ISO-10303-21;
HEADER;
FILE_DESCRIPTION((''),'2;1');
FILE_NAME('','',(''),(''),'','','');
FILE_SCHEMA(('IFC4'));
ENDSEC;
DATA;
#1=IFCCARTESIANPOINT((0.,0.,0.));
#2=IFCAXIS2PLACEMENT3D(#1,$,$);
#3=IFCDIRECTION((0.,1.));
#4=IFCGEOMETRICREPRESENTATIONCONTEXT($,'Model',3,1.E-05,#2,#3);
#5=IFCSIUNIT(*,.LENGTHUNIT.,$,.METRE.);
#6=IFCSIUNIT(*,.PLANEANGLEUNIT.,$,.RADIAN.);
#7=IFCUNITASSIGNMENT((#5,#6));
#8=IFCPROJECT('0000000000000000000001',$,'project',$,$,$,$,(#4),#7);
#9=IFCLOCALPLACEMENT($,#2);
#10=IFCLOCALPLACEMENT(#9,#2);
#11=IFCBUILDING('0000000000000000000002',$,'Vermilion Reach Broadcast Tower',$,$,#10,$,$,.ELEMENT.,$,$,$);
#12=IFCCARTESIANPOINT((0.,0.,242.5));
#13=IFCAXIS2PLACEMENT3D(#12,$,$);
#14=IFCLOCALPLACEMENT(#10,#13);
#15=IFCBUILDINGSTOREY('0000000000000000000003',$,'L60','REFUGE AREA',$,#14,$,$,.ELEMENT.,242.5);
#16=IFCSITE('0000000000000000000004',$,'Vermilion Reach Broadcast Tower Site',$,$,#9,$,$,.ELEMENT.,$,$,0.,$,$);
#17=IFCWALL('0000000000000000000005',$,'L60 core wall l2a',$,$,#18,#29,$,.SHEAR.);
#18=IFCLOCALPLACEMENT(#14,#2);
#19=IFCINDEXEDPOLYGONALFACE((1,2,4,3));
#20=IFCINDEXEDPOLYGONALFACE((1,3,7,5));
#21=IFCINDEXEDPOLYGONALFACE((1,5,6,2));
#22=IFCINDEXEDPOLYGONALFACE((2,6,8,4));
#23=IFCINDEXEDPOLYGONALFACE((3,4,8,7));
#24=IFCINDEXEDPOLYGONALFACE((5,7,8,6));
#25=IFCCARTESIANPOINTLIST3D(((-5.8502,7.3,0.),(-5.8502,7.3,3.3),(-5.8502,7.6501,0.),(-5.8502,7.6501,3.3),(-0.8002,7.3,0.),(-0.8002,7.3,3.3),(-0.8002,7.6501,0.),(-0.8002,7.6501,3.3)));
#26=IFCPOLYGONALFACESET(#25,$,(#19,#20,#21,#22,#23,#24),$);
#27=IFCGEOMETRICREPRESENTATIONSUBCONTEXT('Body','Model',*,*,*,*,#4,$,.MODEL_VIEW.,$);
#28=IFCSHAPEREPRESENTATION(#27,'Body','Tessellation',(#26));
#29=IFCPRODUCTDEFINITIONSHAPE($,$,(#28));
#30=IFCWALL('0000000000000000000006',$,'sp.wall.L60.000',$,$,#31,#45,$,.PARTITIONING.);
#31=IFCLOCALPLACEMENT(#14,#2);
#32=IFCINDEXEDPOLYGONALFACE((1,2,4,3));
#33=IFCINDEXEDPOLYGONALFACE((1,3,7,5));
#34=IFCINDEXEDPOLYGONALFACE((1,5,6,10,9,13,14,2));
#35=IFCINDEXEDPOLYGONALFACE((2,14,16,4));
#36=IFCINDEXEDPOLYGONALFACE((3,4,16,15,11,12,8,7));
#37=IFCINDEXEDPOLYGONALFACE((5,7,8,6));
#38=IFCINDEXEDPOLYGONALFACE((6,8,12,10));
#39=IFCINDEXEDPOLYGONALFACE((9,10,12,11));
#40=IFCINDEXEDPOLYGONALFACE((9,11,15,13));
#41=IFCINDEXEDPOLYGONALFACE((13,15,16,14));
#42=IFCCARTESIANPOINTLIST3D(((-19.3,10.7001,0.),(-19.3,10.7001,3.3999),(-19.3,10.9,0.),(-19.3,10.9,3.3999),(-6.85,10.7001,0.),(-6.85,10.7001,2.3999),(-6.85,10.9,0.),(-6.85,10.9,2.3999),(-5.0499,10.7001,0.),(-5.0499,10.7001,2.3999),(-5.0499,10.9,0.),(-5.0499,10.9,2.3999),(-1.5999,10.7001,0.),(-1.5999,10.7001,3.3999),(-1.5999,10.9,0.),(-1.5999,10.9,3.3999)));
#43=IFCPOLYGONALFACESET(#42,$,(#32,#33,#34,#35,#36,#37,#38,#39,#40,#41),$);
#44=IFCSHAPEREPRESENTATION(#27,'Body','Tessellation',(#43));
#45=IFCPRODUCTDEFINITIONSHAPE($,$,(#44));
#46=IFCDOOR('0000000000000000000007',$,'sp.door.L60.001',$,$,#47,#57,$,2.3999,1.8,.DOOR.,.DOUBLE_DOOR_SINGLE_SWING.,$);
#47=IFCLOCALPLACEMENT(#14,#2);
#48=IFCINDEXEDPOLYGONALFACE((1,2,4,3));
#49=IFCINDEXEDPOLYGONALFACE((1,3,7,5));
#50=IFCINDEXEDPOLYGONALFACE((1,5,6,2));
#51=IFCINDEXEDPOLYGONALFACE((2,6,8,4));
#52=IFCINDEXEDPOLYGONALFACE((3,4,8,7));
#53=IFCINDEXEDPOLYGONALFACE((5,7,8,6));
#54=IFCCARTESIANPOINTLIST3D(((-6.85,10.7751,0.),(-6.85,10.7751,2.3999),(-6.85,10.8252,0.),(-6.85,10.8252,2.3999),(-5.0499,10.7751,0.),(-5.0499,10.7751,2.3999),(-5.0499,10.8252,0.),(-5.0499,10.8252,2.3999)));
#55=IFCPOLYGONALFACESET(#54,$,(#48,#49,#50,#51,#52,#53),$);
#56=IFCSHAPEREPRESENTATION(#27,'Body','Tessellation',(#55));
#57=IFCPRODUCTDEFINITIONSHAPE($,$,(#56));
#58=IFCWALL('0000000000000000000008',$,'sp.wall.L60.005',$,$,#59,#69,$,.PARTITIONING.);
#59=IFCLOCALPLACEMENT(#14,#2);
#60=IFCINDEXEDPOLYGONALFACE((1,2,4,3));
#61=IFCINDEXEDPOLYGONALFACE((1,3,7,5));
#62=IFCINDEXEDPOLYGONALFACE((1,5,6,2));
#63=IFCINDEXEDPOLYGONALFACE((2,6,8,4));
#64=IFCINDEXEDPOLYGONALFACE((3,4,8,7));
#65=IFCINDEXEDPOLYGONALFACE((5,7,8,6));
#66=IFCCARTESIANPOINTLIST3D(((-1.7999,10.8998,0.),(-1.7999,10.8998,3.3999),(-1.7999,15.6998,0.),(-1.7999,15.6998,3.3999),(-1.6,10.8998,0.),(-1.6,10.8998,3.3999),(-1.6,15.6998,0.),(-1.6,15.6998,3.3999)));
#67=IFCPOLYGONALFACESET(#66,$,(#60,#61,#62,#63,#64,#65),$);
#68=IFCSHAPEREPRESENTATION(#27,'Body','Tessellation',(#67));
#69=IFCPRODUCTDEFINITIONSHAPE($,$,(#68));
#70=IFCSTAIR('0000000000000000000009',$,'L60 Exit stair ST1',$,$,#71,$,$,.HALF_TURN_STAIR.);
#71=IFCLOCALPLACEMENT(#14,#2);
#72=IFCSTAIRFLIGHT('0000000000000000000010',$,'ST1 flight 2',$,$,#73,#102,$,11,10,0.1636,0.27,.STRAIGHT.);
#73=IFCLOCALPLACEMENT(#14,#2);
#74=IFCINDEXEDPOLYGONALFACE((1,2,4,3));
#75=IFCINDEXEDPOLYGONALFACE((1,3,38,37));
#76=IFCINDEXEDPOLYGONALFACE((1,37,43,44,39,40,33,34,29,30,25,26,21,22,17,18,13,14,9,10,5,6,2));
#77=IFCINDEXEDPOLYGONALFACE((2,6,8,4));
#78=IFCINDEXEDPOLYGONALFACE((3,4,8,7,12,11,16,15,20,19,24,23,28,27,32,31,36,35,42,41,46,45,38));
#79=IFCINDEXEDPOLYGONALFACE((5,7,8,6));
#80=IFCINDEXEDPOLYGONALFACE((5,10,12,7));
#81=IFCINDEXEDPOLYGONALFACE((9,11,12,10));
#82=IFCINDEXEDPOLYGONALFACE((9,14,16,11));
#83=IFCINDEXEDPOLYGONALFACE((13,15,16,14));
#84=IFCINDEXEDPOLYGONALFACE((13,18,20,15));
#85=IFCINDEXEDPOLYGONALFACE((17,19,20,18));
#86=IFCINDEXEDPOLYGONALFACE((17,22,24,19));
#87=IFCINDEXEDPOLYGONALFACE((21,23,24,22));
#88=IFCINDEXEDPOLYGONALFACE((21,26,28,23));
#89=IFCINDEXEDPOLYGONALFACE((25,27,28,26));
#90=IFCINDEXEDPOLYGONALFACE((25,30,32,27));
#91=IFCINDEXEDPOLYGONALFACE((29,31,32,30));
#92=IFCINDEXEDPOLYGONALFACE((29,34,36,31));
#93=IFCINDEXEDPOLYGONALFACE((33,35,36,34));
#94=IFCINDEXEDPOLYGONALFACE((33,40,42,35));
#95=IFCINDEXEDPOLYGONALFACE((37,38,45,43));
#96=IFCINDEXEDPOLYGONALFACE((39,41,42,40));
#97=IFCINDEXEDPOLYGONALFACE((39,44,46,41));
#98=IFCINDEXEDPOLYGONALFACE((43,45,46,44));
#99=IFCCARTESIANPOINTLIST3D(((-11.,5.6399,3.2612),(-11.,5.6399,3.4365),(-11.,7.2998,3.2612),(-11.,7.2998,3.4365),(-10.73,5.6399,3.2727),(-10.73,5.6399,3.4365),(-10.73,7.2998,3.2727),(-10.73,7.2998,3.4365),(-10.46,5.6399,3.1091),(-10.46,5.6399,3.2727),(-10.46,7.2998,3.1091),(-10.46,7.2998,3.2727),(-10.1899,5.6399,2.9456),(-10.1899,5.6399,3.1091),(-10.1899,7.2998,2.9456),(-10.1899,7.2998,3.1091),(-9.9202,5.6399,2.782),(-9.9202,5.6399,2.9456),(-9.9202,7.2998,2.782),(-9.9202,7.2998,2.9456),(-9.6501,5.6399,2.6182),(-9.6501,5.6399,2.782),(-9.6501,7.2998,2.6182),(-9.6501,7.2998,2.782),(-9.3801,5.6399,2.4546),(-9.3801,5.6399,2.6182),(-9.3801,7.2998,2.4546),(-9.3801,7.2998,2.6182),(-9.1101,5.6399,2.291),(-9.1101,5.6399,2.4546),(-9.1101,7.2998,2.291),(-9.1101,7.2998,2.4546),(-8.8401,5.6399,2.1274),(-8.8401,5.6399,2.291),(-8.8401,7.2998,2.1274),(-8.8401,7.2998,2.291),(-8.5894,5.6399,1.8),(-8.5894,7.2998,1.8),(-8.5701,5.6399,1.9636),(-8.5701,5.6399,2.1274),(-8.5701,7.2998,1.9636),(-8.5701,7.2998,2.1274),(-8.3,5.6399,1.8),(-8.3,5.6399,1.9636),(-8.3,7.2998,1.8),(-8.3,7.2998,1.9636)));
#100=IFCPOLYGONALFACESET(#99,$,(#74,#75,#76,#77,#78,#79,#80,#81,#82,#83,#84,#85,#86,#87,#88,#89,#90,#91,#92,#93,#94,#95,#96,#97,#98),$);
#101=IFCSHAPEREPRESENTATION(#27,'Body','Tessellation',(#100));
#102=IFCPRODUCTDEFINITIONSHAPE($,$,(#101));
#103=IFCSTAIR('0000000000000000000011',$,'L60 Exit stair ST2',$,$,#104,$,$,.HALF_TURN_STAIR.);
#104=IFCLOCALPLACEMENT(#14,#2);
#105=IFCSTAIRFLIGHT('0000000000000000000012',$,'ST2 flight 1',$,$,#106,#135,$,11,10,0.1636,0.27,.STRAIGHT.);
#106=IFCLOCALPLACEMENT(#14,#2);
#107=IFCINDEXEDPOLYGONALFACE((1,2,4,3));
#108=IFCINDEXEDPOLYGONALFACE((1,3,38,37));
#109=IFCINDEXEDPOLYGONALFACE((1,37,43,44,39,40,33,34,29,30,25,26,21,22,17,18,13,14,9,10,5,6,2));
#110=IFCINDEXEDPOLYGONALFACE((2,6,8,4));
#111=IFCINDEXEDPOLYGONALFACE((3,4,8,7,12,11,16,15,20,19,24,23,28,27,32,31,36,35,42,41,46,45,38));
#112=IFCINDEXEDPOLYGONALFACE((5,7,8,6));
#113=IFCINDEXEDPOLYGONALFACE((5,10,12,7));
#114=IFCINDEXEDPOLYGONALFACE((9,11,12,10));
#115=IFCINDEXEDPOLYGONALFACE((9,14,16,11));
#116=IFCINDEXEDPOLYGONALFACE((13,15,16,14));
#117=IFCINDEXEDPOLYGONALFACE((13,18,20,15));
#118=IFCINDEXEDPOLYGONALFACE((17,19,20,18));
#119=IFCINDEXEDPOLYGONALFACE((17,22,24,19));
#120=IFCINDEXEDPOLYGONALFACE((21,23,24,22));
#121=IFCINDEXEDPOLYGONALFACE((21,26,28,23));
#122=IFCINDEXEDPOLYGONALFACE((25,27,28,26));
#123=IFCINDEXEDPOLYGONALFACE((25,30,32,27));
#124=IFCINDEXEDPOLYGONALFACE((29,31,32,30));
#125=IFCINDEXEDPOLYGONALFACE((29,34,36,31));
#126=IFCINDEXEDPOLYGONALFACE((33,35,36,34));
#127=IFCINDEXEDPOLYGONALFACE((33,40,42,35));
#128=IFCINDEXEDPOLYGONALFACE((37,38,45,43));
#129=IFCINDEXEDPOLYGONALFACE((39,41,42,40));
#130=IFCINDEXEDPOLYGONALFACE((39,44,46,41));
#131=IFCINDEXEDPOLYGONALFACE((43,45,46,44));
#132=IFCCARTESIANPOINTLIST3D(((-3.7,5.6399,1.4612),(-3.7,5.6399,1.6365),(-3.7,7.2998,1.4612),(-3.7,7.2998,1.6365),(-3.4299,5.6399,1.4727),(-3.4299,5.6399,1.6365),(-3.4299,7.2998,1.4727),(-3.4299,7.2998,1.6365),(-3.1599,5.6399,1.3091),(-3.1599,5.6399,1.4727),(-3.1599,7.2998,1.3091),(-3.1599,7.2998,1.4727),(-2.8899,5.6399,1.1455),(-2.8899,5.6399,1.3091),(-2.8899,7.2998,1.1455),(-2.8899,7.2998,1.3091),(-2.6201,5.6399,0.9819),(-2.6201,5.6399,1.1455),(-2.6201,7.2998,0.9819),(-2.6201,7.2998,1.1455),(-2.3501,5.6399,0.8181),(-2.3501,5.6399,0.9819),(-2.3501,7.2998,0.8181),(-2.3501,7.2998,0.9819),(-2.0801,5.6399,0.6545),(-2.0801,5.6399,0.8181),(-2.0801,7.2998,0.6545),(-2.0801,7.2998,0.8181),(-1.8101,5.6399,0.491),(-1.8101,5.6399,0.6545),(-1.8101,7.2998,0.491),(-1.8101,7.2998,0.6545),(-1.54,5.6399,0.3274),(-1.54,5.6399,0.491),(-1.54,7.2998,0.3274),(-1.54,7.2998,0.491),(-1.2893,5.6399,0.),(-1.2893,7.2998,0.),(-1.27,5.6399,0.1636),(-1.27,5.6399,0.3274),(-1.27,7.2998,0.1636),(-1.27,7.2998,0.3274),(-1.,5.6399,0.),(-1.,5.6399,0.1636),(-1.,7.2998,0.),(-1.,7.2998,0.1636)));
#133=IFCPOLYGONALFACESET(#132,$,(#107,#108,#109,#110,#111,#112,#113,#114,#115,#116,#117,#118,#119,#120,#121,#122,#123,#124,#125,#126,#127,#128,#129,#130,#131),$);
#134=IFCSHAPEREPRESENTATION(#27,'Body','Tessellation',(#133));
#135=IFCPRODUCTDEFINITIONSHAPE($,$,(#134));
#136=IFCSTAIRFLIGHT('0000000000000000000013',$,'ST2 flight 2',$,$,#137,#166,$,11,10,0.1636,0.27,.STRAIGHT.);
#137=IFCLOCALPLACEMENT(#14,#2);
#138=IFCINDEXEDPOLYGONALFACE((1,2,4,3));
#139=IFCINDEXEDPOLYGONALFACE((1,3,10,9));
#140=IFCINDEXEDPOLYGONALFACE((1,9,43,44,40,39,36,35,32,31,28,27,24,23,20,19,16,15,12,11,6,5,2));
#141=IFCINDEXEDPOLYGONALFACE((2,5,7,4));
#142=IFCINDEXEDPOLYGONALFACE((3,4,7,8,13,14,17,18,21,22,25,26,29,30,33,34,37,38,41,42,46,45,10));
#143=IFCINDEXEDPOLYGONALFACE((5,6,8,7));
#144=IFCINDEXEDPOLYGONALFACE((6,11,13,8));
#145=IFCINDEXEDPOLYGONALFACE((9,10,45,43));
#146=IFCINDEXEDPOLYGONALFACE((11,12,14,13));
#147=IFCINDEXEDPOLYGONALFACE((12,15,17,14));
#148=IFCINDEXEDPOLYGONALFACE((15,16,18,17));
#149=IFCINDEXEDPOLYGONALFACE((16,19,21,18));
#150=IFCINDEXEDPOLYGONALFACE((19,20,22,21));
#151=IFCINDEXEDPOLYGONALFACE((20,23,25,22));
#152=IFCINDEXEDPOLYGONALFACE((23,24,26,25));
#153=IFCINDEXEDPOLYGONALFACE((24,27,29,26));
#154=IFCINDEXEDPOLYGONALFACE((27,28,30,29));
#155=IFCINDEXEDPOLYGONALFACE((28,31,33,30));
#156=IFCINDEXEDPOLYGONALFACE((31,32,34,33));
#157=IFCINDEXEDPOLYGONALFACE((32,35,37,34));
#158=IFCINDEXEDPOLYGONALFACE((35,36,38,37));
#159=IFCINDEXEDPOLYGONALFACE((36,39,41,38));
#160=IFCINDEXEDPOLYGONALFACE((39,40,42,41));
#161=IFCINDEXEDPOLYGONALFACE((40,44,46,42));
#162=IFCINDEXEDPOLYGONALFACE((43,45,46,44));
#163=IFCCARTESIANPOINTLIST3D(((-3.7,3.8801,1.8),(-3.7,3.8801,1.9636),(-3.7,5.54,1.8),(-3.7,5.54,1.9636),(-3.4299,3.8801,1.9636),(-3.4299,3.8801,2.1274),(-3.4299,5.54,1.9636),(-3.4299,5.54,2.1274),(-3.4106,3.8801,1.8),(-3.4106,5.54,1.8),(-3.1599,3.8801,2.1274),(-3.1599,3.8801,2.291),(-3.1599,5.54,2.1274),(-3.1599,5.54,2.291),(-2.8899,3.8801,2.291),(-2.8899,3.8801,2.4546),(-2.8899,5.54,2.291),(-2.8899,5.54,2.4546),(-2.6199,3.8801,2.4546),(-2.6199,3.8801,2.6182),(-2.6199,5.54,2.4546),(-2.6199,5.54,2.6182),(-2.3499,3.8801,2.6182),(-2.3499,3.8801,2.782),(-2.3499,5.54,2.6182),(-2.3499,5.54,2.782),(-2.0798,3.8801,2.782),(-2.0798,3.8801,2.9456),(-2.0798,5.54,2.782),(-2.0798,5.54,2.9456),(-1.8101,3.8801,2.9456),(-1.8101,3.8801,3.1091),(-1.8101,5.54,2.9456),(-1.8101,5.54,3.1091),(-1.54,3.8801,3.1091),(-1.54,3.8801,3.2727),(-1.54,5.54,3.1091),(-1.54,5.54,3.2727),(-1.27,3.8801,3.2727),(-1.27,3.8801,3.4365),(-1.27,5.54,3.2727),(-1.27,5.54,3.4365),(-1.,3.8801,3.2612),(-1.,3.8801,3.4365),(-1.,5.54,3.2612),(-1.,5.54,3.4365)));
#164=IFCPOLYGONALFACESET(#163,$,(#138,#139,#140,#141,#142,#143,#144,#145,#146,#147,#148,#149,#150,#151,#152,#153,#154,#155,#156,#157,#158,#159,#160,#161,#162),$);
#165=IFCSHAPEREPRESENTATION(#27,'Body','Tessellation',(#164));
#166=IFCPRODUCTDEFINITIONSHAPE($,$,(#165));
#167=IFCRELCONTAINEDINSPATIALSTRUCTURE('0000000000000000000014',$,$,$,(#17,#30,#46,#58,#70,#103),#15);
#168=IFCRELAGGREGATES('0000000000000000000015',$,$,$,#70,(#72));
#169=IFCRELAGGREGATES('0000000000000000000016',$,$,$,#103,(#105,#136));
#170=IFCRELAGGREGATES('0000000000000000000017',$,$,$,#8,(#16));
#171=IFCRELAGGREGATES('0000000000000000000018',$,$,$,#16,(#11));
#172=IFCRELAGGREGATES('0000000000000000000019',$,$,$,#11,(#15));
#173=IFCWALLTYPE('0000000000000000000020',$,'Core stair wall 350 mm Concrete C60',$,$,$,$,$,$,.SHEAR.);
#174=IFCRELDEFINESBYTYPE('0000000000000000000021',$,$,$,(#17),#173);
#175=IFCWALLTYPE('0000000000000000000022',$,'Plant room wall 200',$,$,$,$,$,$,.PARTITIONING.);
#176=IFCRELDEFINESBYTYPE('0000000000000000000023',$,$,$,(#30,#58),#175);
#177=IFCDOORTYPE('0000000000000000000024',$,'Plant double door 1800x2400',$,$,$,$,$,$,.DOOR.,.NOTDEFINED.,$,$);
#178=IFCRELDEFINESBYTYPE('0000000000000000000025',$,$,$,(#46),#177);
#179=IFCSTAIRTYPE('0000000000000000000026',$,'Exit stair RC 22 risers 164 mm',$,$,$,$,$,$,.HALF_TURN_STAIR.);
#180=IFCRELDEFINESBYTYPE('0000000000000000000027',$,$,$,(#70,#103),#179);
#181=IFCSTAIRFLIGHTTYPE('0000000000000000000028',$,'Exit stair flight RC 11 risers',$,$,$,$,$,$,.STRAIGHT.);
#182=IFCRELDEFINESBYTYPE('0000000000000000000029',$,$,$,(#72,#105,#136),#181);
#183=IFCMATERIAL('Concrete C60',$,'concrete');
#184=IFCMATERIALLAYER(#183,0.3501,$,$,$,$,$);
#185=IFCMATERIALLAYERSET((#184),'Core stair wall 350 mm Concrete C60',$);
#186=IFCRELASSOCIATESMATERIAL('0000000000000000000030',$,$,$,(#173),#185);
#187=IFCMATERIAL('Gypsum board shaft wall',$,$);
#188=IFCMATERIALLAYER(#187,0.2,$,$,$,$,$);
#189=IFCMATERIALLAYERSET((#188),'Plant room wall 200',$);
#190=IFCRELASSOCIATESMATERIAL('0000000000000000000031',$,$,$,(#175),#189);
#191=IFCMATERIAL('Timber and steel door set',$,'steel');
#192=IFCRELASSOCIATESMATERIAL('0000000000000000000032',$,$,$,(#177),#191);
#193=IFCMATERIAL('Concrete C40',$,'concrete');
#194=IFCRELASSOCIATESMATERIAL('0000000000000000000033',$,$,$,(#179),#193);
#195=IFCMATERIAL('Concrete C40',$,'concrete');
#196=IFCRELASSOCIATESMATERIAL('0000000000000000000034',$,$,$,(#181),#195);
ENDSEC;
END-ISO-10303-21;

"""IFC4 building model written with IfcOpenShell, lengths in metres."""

from ifc_helpers import new_model, si_unit, direction, frame, frame_2d, origin, place, context, subcontext, project, spatial, polyline, rectangle, outline, extrude, material, layer, layer_set, type_object, element, fill, aggregate, save


model = new_model("IFC4")

# Units and contexts
model_context = context("Model", 3, precision=1e-05, world=origin(), true_north=direction((0.0, 1.0)))
body_context = subcontext(model_context, "Body", "Model", "MODEL_VIEW")
ifc_project = project(units=[si_unit("LENGTHUNIT", "METRE"), si_unit("PLANEANGLEUNIT", "RADIAN")], contexts=[model_context])

# Site, building, storey
site_placement = place(None, origin())
site = spatial("IfcSite", under=ifc_project, at=site_placement, Name="Vermilion Reach Broadcast Tower Site", CompositionType="ELEMENT", RefElevation=0.0)
building_placement = place(site_placement, origin())
building = spatial("IfcBuilding", under=site, at=building_placement, Name="Vermilion Reach Broadcast Tower", CompositionType="ELEMENT")
storey_placement = place(building_placement, frame((0.0, 0.0, 242.5)))
storey = spatial("IfcBuildingStorey", under=building, at=storey_placement, Name="L60", Description="REFUGE AREA", CompositionType="ELEMENT", Elevation=242.5)

# Wall
ifc_material_1 = material(Name="Concrete C60", Category="concrete")
ifc_layer_1 = layer(ifc_material_1, 0.3501)
ifc_layer_set_1 = layer_set([ifc_layer_1], Name="Core stair wall 350 mm Concrete C60")
wall_type_1 = type_object("IfcWallType", Name="Core stair wall 350 mm Concrete C60", PredefinedType="SHEAR", material=ifc_layer_set_1)
wall_1_placement = place(storey_placement, frame((-5.8501, 7.4751, 0.0), z_axis=(0.0, 0.0, 1.0), x_axis=(1.0, 0.0, 0.0)))
element("IfcWall", 1, at=wall_1_placement, inside=storey, type_object=wall_type_1, Name="L60 core wall l2a", PredefinedType="SHEAR", context=body_context, shape_type="SweptSolid", body=[
    extrude(rectangle(XDim=5.05, YDim=0.3501, at=frame_2d((2.5249, 0.0))), origin(), (0.0, 0.0, 1.0), 3.3),
])

# Wall, opening, door
ifc_material_2 = material(Name="Gypsum board shaft wall")
ifc_layer_2 = layer(ifc_material_2, 0.2)
ifc_layer_set_2 = layer_set([ifc_layer_2], Name="Plant room wall 200")
wall_type_2 = type_object("IfcWallType", Name="Plant room wall 200", PredefinedType="PARTITIONING", material=ifc_layer_set_2)
wall_2_placement = place(storey_placement, frame((-1.5999, 10.8, 0.0), z_axis=(0.0, 0.0, 1.0), x_axis=(-1.0, 0.0, 0.0)))
wall_2 = element("IfcWall", 2, at=wall_2_placement, inside=storey, type_object=wall_type_2, Name="sp.wall.L60.000", PredefinedType="PARTITIONING", context=body_context, shape_type="SweptSolid", body=[
    extrude(rectangle(XDim=17.7002, YDim=0.2, at=frame_2d((8.8501, 0.0))), origin(), (0.0, 0.0, 1.0), 3.3999),
])
opening_1_placement = place(wall_2_placement, frame((3.4502, 0.0, 0.0)))
opening_1 = element("IfcOpeningElement", 3, at=opening_1_placement, cuts=wall_2, PredefinedType="OPENING", context=body_context, shape_type="SweptSolid", body=[
    extrude(rectangle(XDim=1.8, YDim=2.3999, at=frame_2d((0.8999, 1.2))), frame((0.0, 0.1099, 0.0), z_axis=(0.0, -1.0, 0.0), x_axis=(1.0, 0.0, 0.0)), (0.0, 0.0, 1.0), 0.22),
])
ifc_material_3 = material(Name="Timber and steel door set", Category="steel")
door_type_1 = type_object("IfcDoorType", Name="Plant double door 1800x2400", OperationType="NOTDEFINED", PredefinedType="DOOR", material=ifc_material_3)
door_1_placement = place(opening_1_placement, origin())
door_1 = element("IfcDoor", 4, at=door_1_placement, inside=storey, type_object=door_type_1, Name="sp.door.L60.001", OperationType="DOUBLE_DOOR_SINGLE_SWING", OverallHeight=2.3999, OverallWidth=1.8, PredefinedType="DOOR", context=body_context, shape_type="SweptSolid", body=[
    extrude(rectangle(XDim=1.8, YDim=2.3999, at=frame_2d((0.8999, 1.2))), frame((0.0, 0.0249, 0.0), z_axis=(0.0, -1.0, 0.0), x_axis=(1.0, 0.0, 0.0)), (0.0, 0.0, 1.0), 0.05),
])
fill(opening_1, door_1)

# Wall
wall_3_placement = place(storey_placement, frame((-1.7, 10.8999, 0.0), z_axis=(0.0, 0.0, 1.0), x_axis=(0.0, 1.0, 0.0)))
element("IfcWall", 5, at=wall_3_placement, inside=storey, type_object=wall_type_2, Name="sp.wall.L60.005", PredefinedType="PARTITIONING", context=body_context, shape_type="SweptSolid", body=[
    extrude(rectangle(XDim=4.8, YDim=0.2, at=frame_2d((2.3999, 0.0))), origin(), (0.0, 0.0, 1.0), 3.3999),
])

# Stair, stair flight
ifc_material_4 = material(Name="Concrete C40", Category="concrete")
stair_type = type_object("IfcStairType", Name="Exit stair RC 22 risers 164 mm", PredefinedType="HALF_TURN_STAIR", material=ifc_material_4)
placement = place(storey_placement, origin())
stair_1 = element("IfcStair", 6, at=placement, inside=storey, type_object=stair_type, Name="L60 Exit stair ST1", PredefinedType="HALF_TURN_STAIR")
ifc_material_5 = material(Name="Concrete C40", Category="concrete")
stair_flight_type = type_object("IfcStairFlightType", Name="Exit stair flight RC 11 risers", PredefinedType="STRAIGHT", material=ifc_material_5)
stair_flight_1_placement = place(storey_placement, frame((-8.3, 6.47, 1.8), z_axis=(0.0, 0.0, 1.0), x_axis=(-1.0, 0.0, 0.0)))
stair_flight_1 = element("IfcStairFlight", 7, at=stair_flight_1_placement, type_object=stair_flight_type, Name="ST1 flight 2", NumberOfRisers=11, NumberOfTreads=10, PredefinedType="STRAIGHT", RiserHeight=0.1636, TreadLength=0.27, context=body_context, shape_type="SweptSolid", body=[
    extrude(outline(polyline([(0.0, 0.0), (0.0, 0.1636), (0.27, 0.1636), (0.27, 0.3274), (0.54, 0.3274), (0.54, 0.491), (0.8101, 0.491), (0.8101, 0.6545), (1.0801, 0.6545), (1.0801, 0.8181), (1.3501, 0.8181), (1.3501, 0.9819), (1.6201, 0.9819), (1.6201, 1.1455), (1.8899, 1.1455), (1.8899, 1.3091), (2.1599, 1.3091), (2.1599, 1.4727), (2.4299, 1.4727), (2.4299, 1.6365), (2.7, 1.6365), (2.7, 1.8), (2.7, 1.4612), (0.2893, 0.0), (0.0, 0.0)])), frame((0.0, 0.8301, 0.0), z_axis=(0.0, -1.0, 0.0), x_axis=(1.0, 0.0, 0.0)), (0.0, 0.0, 1.0), 1.6599),
])
aggregate(stair_1, [stair_flight_1])

# Stair, stair flights
stair_2 = element("IfcStair", 8, at=placement, inside=storey, type_object=stair_type, Name="L60 Exit stair ST2", PredefinedType="HALF_TURN_STAIR")
stair_flight_2_placement = place(storey_placement, frame((-1.0, 6.47, 0.0), z_axis=(0.0, 0.0, 1.0), x_axis=(-1.0, 0.0, 0.0)))
stair_flight_2 = element("IfcStairFlight", 9, at=stair_flight_2_placement, type_object=stair_flight_type, Name="ST2 flight 1", NumberOfRisers=11, NumberOfTreads=10, PredefinedType="STRAIGHT", RiserHeight=0.1636, TreadLength=0.27, context=body_context, shape_type="SweptSolid", body=[
    extrude(outline(polyline([(0.0, 0.0), (0.0, 0.1636), (0.27, 0.1636), (0.27, 0.3274), (0.54, 0.3274), (0.54, 0.491), (0.8101, 0.491), (0.8101, 0.6545), (1.0801, 0.6545), (1.0801, 0.8181), (1.3501, 0.8181), (1.3501, 0.9819), (1.6201, 0.9819), (1.6201, 1.1455), (1.8899, 1.1455), (1.8899, 1.3091), (2.1599, 1.3091), (2.1599, 1.4727), (2.4299, 1.4727), (2.4299, 1.6365), (2.7, 1.6365), (2.7, 1.8), (2.7, 1.4612), (0.2893, 0.0), (0.0, 0.0)])), frame((0.0, 0.8301, 0.0), z_axis=(0.0, -1.0, 0.0), x_axis=(1.0, 0.0, 0.0)), (0.0, 0.0, 1.0), 1.6599),
])
stair_flight_3_placement = place(storey_placement, frame((-3.7, 4.71, 1.8), z_axis=(0.0, 0.0, 1.0), x_axis=(1.0, 0.0, 0.0)))
stair_flight_3 = element("IfcStairFlight", 10, at=stair_flight_3_placement, type_object=stair_flight_type, Name="ST2 flight 2", NumberOfRisers=11, NumberOfTreads=10, PredefinedType="STRAIGHT", RiserHeight=0.1636, TreadLength=0.27, context=body_context, shape_type="SweptSolid", body=[
    extrude(outline(polyline([(0.0, 0.0), (0.0, 0.1636), (0.27, 0.1636), (0.27, 0.3274), (0.54, 0.3274), (0.54, 0.491), (0.8101, 0.491), (0.8101, 0.6545), (1.0801, 0.6545), (1.0801, 0.8181), (1.3501, 0.8181), (1.3501, 0.9819), (1.6201, 0.9819), (1.6201, 1.1455), (1.8899, 1.1455), (1.8899, 1.3091), (2.1599, 1.3091), (2.1599, 1.4727), (2.4299, 1.4727), (2.4299, 1.6365), (2.7, 1.6365), (2.7, 1.8), (2.7, 1.4612), (0.2893, 0.0), (0.0, 0.0)])), frame((0.0, 0.8301, 0.0), z_axis=(0.0, -1.0, 0.0), x_axis=(1.0, 0.0, 0.0)), (0.0, 0.0, 1.0), 1.6599),
])
aggregate(stair_2, [stair_flight_2, stair_flight_3])

save(model, "model.ifc")
